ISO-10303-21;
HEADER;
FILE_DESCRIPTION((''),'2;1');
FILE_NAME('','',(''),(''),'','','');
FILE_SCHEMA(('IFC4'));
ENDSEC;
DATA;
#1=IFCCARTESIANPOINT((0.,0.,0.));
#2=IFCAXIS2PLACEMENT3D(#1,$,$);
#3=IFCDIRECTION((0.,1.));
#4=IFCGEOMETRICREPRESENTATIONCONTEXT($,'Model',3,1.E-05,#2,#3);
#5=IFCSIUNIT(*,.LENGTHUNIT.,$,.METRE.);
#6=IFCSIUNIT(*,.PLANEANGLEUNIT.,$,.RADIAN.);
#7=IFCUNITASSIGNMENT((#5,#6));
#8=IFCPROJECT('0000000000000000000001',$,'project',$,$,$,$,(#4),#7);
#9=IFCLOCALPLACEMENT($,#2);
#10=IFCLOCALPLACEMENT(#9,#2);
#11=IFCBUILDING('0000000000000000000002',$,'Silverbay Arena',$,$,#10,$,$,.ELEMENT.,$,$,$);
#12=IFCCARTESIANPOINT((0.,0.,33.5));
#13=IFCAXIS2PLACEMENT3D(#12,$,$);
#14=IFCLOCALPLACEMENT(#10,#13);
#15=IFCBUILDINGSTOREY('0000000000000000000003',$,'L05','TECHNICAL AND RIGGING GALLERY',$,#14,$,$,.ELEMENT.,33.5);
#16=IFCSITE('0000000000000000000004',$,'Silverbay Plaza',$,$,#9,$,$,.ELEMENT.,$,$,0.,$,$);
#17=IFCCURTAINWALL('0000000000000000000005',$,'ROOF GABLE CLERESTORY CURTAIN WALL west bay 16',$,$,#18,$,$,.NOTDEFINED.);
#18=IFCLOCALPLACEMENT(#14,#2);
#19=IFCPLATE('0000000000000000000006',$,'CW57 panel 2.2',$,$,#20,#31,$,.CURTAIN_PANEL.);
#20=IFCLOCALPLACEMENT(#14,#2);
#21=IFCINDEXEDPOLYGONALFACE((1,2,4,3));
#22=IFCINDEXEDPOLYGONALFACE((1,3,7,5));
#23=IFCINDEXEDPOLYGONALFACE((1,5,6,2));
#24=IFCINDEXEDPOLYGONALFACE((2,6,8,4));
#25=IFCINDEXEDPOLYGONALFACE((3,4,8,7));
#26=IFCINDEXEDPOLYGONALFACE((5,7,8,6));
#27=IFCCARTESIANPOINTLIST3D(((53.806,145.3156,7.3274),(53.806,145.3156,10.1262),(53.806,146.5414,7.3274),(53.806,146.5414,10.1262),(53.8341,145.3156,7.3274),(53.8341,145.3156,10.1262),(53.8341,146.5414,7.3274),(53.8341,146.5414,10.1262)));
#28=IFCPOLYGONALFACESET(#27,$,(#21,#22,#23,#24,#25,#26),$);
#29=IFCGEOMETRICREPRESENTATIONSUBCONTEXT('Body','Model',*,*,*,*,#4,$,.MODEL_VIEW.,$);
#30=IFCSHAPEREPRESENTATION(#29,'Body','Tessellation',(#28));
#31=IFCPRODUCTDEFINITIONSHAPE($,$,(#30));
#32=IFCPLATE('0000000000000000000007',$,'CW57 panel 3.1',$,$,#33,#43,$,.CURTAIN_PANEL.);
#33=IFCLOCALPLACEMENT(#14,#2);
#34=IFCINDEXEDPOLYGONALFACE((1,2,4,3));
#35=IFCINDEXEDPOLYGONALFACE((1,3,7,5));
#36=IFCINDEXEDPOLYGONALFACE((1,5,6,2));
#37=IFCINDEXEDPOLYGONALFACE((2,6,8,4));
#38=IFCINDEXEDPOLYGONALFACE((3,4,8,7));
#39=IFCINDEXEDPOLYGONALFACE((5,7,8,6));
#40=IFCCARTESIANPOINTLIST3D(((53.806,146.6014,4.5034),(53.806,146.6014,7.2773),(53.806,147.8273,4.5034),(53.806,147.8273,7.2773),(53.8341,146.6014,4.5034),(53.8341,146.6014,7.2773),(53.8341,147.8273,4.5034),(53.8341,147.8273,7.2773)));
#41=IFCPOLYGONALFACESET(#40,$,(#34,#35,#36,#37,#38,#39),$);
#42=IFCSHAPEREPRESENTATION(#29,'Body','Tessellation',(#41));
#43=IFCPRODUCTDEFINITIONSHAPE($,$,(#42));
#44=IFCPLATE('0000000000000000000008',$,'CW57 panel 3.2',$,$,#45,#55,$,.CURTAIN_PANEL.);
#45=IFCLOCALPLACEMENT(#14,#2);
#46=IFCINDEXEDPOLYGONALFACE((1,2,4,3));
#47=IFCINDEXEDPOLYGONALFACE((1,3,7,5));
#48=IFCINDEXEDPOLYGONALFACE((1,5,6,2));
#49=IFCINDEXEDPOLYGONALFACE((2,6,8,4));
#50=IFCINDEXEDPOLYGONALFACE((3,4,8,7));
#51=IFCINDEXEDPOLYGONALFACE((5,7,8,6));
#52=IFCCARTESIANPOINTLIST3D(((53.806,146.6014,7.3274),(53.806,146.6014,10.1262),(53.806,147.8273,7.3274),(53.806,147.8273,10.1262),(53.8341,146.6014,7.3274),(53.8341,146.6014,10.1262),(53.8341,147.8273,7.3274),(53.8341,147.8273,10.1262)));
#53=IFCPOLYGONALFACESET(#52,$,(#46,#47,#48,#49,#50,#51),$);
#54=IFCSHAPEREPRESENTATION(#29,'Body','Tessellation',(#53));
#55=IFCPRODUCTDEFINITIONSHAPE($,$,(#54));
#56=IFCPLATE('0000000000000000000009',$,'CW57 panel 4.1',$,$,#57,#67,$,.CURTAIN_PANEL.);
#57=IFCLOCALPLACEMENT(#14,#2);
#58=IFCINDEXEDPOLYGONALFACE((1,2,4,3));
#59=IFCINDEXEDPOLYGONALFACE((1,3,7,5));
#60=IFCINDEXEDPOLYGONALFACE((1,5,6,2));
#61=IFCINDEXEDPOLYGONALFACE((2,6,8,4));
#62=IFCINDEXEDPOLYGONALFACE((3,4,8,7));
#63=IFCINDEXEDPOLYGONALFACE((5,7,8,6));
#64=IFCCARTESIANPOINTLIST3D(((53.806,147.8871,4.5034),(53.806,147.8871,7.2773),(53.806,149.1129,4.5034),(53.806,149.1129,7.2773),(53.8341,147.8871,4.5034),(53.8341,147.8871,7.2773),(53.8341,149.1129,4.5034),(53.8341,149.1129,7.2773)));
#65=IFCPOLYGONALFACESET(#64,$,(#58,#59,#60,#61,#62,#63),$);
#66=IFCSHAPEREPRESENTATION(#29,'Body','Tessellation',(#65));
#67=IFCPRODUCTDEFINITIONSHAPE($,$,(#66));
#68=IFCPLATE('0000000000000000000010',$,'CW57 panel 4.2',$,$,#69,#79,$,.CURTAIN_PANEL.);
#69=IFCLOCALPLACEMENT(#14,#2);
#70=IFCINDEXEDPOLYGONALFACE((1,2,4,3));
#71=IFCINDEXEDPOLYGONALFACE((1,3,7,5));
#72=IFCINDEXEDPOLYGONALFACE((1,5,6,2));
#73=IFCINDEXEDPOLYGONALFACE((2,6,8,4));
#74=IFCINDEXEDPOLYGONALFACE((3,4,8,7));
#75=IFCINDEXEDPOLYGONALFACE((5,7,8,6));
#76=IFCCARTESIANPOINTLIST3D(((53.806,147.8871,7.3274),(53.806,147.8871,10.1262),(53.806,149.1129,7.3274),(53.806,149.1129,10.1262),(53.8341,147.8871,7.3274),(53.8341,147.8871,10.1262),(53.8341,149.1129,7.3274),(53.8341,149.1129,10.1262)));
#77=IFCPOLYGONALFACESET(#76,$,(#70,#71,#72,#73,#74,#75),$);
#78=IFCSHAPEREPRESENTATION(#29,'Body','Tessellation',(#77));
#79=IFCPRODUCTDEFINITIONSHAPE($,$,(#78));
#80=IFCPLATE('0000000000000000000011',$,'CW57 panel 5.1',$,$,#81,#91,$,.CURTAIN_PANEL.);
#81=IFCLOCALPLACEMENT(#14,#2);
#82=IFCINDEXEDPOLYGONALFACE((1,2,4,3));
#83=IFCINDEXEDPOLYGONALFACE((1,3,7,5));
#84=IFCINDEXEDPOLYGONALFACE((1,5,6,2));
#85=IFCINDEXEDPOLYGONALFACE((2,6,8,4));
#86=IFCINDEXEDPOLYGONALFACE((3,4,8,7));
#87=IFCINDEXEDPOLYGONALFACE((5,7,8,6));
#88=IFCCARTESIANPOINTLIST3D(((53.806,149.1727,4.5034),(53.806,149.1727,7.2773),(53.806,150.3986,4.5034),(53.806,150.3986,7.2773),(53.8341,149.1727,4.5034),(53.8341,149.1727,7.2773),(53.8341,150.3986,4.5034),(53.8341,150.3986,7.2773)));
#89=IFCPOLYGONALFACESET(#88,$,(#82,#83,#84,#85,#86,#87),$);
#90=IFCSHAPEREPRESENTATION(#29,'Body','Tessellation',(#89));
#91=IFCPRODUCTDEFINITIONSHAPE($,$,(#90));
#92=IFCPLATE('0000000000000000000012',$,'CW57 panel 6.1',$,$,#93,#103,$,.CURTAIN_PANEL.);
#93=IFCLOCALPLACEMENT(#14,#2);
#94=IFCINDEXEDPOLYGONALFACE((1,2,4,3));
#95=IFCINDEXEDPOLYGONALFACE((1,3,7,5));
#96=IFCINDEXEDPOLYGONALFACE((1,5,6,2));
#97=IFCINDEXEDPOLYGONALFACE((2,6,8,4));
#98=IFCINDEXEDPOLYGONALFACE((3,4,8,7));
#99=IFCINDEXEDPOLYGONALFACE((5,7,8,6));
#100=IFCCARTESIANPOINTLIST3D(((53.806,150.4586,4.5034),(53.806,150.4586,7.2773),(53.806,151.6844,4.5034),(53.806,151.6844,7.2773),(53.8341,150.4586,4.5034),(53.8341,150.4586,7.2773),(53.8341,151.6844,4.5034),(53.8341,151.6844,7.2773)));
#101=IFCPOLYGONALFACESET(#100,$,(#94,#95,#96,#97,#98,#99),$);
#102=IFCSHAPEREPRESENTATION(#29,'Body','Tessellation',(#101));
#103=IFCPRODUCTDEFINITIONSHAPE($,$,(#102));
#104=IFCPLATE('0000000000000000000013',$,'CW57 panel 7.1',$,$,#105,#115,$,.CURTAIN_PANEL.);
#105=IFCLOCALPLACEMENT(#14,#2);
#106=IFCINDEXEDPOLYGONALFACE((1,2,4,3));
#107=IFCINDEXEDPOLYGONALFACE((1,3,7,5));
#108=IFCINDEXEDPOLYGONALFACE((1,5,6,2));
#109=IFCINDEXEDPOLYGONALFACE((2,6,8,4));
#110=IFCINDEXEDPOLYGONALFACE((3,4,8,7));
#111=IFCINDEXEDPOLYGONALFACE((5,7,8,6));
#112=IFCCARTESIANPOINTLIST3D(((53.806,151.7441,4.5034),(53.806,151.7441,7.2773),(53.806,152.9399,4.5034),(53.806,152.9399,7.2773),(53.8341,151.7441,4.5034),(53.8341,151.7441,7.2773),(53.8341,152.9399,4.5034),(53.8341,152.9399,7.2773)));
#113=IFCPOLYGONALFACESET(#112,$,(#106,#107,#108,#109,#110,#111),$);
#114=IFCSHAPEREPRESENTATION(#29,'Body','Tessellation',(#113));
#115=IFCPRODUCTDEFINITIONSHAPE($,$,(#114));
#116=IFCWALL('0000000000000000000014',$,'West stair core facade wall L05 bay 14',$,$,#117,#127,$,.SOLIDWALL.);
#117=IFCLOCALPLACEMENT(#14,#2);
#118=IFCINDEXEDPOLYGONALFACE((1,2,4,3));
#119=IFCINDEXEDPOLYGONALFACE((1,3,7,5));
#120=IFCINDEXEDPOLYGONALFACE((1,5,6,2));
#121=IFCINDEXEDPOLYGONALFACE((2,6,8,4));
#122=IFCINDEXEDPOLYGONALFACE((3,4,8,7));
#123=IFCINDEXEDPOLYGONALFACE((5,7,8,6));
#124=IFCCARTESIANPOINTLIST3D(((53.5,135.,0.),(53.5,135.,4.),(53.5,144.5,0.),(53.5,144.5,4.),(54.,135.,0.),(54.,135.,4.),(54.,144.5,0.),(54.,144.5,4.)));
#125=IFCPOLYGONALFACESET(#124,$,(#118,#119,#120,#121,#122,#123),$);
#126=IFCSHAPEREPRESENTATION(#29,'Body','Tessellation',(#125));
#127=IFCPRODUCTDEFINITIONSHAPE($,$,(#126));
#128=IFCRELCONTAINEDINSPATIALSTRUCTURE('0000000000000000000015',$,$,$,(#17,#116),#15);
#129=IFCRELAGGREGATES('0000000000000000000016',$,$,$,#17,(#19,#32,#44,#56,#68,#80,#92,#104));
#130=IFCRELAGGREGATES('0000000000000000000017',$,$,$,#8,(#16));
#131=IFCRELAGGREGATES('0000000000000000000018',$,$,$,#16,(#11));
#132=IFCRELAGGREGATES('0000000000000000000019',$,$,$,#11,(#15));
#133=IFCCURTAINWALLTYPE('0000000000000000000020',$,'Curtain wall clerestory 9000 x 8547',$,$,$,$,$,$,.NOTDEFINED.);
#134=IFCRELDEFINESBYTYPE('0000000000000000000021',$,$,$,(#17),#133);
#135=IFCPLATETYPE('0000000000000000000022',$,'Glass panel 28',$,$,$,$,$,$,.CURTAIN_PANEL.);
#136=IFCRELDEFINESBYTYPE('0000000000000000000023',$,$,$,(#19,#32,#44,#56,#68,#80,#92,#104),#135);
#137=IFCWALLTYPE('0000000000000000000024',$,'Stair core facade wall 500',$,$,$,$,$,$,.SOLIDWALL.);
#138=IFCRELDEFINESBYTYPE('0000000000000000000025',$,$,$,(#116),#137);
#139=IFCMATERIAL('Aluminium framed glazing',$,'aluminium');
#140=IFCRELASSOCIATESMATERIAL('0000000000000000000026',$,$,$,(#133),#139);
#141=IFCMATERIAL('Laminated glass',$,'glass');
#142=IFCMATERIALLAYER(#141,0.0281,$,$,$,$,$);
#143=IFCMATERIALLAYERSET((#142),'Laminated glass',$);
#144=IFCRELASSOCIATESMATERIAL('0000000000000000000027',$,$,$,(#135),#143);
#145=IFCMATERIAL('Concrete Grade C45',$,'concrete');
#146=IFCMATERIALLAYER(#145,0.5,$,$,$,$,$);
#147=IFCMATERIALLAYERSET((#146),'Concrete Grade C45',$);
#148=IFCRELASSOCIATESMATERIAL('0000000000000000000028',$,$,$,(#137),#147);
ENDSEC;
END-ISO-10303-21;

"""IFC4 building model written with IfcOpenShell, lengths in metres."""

from ifc_helpers import new_model, si_unit, direction, frame, frame_2d, origin, origin_2d, place, context, subcontext, project, spatial, rectangle, extrude, material, layer, layer_set, type_object, element, aggregate, save


model = new_model("IFC4")

# Units and contexts
model_context = context("Model", 3, precision=1e-05, world=origin(), true_north=direction((0.0, 1.0)))
body_context = subcontext(model_context, "Body", "Model", "MODEL_VIEW")
ifc_project = project(units=[si_unit("LENGTHUNIT", "METRE"), si_unit("PLANEANGLEUNIT", "RADIAN")], contexts=[model_context])

# Site, building, storey
site_placement = place(None, origin())
site = spatial("IfcSite", under=ifc_project, at=site_placement, Name="Silverbay Plaza", CompositionType="ELEMENT", RefElevation=0.0)
building_placement = place(site_placement, origin())
building = spatial("IfcBuilding", under=site, at=building_placement, Name="Silverbay Arena", CompositionType="ELEMENT")
storey_placement = place(building_placement, frame((0.0, 0.0, 33.5)))
storey = spatial("IfcBuildingStorey", under=building, at=storey_placement, Name="L05", Description="TECHNICAL AND RIGGING GALLERY", CompositionType="ELEMENT", Elevation=33.5)

# Curtain wall
ifc_material_1 = material(Name="Aluminium framed glazing", Category="aluminium")
curtain_wall_type = type_object("IfcCurtainWallType", Name="Curtain wall clerestory 9000 x 8547", PredefinedType="NOTDEFINED", material=ifc_material_1)
curtain_wall_placement = place(storey_placement, origin())
curtain_wall = element("IfcCurtainWall", 1, at=curtain_wall_placement, inside=storey, type_object=curtain_wall_type, Name="ROOF GABLE CLERESTORY CURTAIN WALL west bay 16", PredefinedType="NOTDEFINED")

# Plates
ifc_material_2 = material(Name="Laminated glass", Category="glass")
ifc_layer_1 = layer(ifc_material_2, 0.0281)
ifc_layer_set_1 = layer_set([ifc_layer_1], Name="Laminated glass")
plate_type = type_object("IfcPlateType", Name="Glass panel 28", PredefinedType="CURTAIN_PANEL", material=ifc_layer_set_1)
plate_1_placement = place(storey_placement, frame((53.8201, 145.9285, 7.3274), z_axis=(0.0, 0.0, 1.0), x_axis=(0.0, 1.0, 0.0)))
plate_1 = element("IfcPlate", 2, at=plate_1_placement, type_object=plate_type, Name="CW57 panel 2.2", PredefinedType="CURTAIN_PANEL", context=body_context, shape_type="SweptSolid", body=[
    extrude(rectangle(XDim=1.2258, YDim=0.0281, at=origin_2d()), origin(), (0.0, 0.0, 1.0), 2.7988),
])
plate_2_placement = place(storey_placement, frame((53.8201, 147.2144, 4.5034), z_axis=(0.0, 0.0, 1.0), x_axis=(0.0, 1.0, 0.0)))
plate_2 = element("IfcPlate", 3, at=plate_2_placement, type_object=plate_type, Name="CW57 panel 3.1", PredefinedType="CURTAIN_PANEL", context=body_context, shape_type="SweptSolid", body=[
    extrude(rectangle(XDim=1.2258, YDim=0.0281, at=origin_2d()), origin(), (0.0, 0.0, 1.0), 2.7739),
])
plate_3_placement = place(storey_placement, frame((53.8201, 147.2144, 7.3274), z_axis=(0.0, 0.0, 1.0), x_axis=(0.0, 1.0, 0.0)))
plate_3 = element("IfcPlate", 4, at=plate_3_placement, type_object=plate_type, Name="CW57 panel 3.2", PredefinedType="CURTAIN_PANEL", context=body_context, shape_type="SweptSolid", body=[
    extrude(rectangle(XDim=1.2258, YDim=0.0281, at=origin_2d()), origin(), (0.0, 0.0, 1.0), 2.7988),
])
plate_4_placement = place(storey_placement, frame((53.8201, 148.5, 4.5034), z_axis=(0.0, 0.0, 1.0), x_axis=(0.0, 1.0, 0.0)))
plate_4 = element("IfcPlate", 5, at=plate_4_placement, type_object=plate_type, Name="CW57 panel 4.1", PredefinedType="CURTAIN_PANEL", context=body_context, shape_type="SweptSolid", body=[
    extrude(rectangle(XDim=1.2258, YDim=0.0281, at=origin_2d()), origin(), (0.0, 0.0, 1.0), 2.7739),
])
plate_5_placement = place(storey_placement, frame((53.8201, 148.5, 7.3274), z_axis=(0.0, 0.0, 1.0), x_axis=(0.0, 1.0, 0.0)))
plate_5 = element("IfcPlate", 6, at=plate_5_placement, type_object=plate_type, Name="CW57 panel 4.2", PredefinedType="CURTAIN_PANEL", context=body_context, shape_type="SweptSolid", body=[
    extrude(rectangle(XDim=1.2258, YDim=0.0281, at=origin_2d()), origin(), (0.0, 0.0, 1.0), 2.7988),
])
plate_6_placement = place(storey_placement, frame((53.8201, 149.7856, 4.5034), z_axis=(0.0, 0.0, 1.0), x_axis=(0.0, 1.0, 0.0)))
plate_6 = element("IfcPlate", 7, at=plate_6_placement, type_object=plate_type, Name="CW57 panel 5.1", PredefinedType="CURTAIN_PANEL", context=body_context, shape_type="SweptSolid", body=[
    extrude(rectangle(XDim=1.2258, YDim=0.0281, at=origin_2d()), origin(), (0.0, 0.0, 1.0), 2.7739),
])
plate_7_placement = place(storey_placement, frame((53.8201, 151.0715, 4.5034), z_axis=(0.0, 0.0, 1.0), x_axis=(0.0, 1.0, 0.0)))
plate_7 = element("IfcPlate", 8, at=plate_7_placement, type_object=plate_type, Name="CW57 panel 6.1", PredefinedType="CURTAIN_PANEL", context=body_context, shape_type="SweptSolid", body=[
    extrude(rectangle(XDim=1.2258, YDim=0.0281, at=origin_2d()), origin(), (0.0, 0.0, 1.0), 2.7739),
])
plate_8_placement = place(storey_placement, frame((53.8201, 152.342, 4.5034), z_axis=(0.0, 0.0, 1.0), x_axis=(0.0, 1.0, 0.0)))
plate_8 = element("IfcPlate", 9, at=plate_8_placement, type_object=plate_type, Name="CW57 panel 7.1", PredefinedType="CURTAIN_PANEL", context=body_context, shape_type="SweptSolid", body=[
    extrude(rectangle(XDim=1.1958, YDim=0.0281, at=origin_2d()), origin(), (0.0, 0.0, 1.0), 2.7739),
])
aggregate(curtain_wall, [plate_1, plate_2, plate_3, plate_4, plate_5, plate_6, plate_7, plate_8])

# Wall
ifc_material_3 = material(Name="Concrete Grade C45", Category="concrete")
ifc_layer_2 = layer(ifc_material_3, 0.5)
ifc_layer_set_2 = layer_set([ifc_layer_2], Name="Concrete Grade C45")
wall_type = type_object("IfcWallType", Name="Stair core facade wall 500", PredefinedType="SOLIDWALL", material=ifc_layer_set_2)
wall_placement = place(storey_placement, frame((53.75, 144.5, 0.0), z_axis=(0.0, 0.0, 1.0), x_axis=(0.0, -1.0, 0.0)))
element("IfcWall", 10, at=wall_placement, inside=storey, type_object=wall_type, Name="West stair core facade wall L05 bay 14", PredefinedType="SOLIDWALL", context=body_context, shape_type="SweptSolid", body=[
    extrude(rectangle(XDim=9.5, YDim=0.5, at=frame_2d((4.75, 0.0))), origin(), (0.0, 0.0, 1.0), 4.0),
])

save(model, "model.ifc")
